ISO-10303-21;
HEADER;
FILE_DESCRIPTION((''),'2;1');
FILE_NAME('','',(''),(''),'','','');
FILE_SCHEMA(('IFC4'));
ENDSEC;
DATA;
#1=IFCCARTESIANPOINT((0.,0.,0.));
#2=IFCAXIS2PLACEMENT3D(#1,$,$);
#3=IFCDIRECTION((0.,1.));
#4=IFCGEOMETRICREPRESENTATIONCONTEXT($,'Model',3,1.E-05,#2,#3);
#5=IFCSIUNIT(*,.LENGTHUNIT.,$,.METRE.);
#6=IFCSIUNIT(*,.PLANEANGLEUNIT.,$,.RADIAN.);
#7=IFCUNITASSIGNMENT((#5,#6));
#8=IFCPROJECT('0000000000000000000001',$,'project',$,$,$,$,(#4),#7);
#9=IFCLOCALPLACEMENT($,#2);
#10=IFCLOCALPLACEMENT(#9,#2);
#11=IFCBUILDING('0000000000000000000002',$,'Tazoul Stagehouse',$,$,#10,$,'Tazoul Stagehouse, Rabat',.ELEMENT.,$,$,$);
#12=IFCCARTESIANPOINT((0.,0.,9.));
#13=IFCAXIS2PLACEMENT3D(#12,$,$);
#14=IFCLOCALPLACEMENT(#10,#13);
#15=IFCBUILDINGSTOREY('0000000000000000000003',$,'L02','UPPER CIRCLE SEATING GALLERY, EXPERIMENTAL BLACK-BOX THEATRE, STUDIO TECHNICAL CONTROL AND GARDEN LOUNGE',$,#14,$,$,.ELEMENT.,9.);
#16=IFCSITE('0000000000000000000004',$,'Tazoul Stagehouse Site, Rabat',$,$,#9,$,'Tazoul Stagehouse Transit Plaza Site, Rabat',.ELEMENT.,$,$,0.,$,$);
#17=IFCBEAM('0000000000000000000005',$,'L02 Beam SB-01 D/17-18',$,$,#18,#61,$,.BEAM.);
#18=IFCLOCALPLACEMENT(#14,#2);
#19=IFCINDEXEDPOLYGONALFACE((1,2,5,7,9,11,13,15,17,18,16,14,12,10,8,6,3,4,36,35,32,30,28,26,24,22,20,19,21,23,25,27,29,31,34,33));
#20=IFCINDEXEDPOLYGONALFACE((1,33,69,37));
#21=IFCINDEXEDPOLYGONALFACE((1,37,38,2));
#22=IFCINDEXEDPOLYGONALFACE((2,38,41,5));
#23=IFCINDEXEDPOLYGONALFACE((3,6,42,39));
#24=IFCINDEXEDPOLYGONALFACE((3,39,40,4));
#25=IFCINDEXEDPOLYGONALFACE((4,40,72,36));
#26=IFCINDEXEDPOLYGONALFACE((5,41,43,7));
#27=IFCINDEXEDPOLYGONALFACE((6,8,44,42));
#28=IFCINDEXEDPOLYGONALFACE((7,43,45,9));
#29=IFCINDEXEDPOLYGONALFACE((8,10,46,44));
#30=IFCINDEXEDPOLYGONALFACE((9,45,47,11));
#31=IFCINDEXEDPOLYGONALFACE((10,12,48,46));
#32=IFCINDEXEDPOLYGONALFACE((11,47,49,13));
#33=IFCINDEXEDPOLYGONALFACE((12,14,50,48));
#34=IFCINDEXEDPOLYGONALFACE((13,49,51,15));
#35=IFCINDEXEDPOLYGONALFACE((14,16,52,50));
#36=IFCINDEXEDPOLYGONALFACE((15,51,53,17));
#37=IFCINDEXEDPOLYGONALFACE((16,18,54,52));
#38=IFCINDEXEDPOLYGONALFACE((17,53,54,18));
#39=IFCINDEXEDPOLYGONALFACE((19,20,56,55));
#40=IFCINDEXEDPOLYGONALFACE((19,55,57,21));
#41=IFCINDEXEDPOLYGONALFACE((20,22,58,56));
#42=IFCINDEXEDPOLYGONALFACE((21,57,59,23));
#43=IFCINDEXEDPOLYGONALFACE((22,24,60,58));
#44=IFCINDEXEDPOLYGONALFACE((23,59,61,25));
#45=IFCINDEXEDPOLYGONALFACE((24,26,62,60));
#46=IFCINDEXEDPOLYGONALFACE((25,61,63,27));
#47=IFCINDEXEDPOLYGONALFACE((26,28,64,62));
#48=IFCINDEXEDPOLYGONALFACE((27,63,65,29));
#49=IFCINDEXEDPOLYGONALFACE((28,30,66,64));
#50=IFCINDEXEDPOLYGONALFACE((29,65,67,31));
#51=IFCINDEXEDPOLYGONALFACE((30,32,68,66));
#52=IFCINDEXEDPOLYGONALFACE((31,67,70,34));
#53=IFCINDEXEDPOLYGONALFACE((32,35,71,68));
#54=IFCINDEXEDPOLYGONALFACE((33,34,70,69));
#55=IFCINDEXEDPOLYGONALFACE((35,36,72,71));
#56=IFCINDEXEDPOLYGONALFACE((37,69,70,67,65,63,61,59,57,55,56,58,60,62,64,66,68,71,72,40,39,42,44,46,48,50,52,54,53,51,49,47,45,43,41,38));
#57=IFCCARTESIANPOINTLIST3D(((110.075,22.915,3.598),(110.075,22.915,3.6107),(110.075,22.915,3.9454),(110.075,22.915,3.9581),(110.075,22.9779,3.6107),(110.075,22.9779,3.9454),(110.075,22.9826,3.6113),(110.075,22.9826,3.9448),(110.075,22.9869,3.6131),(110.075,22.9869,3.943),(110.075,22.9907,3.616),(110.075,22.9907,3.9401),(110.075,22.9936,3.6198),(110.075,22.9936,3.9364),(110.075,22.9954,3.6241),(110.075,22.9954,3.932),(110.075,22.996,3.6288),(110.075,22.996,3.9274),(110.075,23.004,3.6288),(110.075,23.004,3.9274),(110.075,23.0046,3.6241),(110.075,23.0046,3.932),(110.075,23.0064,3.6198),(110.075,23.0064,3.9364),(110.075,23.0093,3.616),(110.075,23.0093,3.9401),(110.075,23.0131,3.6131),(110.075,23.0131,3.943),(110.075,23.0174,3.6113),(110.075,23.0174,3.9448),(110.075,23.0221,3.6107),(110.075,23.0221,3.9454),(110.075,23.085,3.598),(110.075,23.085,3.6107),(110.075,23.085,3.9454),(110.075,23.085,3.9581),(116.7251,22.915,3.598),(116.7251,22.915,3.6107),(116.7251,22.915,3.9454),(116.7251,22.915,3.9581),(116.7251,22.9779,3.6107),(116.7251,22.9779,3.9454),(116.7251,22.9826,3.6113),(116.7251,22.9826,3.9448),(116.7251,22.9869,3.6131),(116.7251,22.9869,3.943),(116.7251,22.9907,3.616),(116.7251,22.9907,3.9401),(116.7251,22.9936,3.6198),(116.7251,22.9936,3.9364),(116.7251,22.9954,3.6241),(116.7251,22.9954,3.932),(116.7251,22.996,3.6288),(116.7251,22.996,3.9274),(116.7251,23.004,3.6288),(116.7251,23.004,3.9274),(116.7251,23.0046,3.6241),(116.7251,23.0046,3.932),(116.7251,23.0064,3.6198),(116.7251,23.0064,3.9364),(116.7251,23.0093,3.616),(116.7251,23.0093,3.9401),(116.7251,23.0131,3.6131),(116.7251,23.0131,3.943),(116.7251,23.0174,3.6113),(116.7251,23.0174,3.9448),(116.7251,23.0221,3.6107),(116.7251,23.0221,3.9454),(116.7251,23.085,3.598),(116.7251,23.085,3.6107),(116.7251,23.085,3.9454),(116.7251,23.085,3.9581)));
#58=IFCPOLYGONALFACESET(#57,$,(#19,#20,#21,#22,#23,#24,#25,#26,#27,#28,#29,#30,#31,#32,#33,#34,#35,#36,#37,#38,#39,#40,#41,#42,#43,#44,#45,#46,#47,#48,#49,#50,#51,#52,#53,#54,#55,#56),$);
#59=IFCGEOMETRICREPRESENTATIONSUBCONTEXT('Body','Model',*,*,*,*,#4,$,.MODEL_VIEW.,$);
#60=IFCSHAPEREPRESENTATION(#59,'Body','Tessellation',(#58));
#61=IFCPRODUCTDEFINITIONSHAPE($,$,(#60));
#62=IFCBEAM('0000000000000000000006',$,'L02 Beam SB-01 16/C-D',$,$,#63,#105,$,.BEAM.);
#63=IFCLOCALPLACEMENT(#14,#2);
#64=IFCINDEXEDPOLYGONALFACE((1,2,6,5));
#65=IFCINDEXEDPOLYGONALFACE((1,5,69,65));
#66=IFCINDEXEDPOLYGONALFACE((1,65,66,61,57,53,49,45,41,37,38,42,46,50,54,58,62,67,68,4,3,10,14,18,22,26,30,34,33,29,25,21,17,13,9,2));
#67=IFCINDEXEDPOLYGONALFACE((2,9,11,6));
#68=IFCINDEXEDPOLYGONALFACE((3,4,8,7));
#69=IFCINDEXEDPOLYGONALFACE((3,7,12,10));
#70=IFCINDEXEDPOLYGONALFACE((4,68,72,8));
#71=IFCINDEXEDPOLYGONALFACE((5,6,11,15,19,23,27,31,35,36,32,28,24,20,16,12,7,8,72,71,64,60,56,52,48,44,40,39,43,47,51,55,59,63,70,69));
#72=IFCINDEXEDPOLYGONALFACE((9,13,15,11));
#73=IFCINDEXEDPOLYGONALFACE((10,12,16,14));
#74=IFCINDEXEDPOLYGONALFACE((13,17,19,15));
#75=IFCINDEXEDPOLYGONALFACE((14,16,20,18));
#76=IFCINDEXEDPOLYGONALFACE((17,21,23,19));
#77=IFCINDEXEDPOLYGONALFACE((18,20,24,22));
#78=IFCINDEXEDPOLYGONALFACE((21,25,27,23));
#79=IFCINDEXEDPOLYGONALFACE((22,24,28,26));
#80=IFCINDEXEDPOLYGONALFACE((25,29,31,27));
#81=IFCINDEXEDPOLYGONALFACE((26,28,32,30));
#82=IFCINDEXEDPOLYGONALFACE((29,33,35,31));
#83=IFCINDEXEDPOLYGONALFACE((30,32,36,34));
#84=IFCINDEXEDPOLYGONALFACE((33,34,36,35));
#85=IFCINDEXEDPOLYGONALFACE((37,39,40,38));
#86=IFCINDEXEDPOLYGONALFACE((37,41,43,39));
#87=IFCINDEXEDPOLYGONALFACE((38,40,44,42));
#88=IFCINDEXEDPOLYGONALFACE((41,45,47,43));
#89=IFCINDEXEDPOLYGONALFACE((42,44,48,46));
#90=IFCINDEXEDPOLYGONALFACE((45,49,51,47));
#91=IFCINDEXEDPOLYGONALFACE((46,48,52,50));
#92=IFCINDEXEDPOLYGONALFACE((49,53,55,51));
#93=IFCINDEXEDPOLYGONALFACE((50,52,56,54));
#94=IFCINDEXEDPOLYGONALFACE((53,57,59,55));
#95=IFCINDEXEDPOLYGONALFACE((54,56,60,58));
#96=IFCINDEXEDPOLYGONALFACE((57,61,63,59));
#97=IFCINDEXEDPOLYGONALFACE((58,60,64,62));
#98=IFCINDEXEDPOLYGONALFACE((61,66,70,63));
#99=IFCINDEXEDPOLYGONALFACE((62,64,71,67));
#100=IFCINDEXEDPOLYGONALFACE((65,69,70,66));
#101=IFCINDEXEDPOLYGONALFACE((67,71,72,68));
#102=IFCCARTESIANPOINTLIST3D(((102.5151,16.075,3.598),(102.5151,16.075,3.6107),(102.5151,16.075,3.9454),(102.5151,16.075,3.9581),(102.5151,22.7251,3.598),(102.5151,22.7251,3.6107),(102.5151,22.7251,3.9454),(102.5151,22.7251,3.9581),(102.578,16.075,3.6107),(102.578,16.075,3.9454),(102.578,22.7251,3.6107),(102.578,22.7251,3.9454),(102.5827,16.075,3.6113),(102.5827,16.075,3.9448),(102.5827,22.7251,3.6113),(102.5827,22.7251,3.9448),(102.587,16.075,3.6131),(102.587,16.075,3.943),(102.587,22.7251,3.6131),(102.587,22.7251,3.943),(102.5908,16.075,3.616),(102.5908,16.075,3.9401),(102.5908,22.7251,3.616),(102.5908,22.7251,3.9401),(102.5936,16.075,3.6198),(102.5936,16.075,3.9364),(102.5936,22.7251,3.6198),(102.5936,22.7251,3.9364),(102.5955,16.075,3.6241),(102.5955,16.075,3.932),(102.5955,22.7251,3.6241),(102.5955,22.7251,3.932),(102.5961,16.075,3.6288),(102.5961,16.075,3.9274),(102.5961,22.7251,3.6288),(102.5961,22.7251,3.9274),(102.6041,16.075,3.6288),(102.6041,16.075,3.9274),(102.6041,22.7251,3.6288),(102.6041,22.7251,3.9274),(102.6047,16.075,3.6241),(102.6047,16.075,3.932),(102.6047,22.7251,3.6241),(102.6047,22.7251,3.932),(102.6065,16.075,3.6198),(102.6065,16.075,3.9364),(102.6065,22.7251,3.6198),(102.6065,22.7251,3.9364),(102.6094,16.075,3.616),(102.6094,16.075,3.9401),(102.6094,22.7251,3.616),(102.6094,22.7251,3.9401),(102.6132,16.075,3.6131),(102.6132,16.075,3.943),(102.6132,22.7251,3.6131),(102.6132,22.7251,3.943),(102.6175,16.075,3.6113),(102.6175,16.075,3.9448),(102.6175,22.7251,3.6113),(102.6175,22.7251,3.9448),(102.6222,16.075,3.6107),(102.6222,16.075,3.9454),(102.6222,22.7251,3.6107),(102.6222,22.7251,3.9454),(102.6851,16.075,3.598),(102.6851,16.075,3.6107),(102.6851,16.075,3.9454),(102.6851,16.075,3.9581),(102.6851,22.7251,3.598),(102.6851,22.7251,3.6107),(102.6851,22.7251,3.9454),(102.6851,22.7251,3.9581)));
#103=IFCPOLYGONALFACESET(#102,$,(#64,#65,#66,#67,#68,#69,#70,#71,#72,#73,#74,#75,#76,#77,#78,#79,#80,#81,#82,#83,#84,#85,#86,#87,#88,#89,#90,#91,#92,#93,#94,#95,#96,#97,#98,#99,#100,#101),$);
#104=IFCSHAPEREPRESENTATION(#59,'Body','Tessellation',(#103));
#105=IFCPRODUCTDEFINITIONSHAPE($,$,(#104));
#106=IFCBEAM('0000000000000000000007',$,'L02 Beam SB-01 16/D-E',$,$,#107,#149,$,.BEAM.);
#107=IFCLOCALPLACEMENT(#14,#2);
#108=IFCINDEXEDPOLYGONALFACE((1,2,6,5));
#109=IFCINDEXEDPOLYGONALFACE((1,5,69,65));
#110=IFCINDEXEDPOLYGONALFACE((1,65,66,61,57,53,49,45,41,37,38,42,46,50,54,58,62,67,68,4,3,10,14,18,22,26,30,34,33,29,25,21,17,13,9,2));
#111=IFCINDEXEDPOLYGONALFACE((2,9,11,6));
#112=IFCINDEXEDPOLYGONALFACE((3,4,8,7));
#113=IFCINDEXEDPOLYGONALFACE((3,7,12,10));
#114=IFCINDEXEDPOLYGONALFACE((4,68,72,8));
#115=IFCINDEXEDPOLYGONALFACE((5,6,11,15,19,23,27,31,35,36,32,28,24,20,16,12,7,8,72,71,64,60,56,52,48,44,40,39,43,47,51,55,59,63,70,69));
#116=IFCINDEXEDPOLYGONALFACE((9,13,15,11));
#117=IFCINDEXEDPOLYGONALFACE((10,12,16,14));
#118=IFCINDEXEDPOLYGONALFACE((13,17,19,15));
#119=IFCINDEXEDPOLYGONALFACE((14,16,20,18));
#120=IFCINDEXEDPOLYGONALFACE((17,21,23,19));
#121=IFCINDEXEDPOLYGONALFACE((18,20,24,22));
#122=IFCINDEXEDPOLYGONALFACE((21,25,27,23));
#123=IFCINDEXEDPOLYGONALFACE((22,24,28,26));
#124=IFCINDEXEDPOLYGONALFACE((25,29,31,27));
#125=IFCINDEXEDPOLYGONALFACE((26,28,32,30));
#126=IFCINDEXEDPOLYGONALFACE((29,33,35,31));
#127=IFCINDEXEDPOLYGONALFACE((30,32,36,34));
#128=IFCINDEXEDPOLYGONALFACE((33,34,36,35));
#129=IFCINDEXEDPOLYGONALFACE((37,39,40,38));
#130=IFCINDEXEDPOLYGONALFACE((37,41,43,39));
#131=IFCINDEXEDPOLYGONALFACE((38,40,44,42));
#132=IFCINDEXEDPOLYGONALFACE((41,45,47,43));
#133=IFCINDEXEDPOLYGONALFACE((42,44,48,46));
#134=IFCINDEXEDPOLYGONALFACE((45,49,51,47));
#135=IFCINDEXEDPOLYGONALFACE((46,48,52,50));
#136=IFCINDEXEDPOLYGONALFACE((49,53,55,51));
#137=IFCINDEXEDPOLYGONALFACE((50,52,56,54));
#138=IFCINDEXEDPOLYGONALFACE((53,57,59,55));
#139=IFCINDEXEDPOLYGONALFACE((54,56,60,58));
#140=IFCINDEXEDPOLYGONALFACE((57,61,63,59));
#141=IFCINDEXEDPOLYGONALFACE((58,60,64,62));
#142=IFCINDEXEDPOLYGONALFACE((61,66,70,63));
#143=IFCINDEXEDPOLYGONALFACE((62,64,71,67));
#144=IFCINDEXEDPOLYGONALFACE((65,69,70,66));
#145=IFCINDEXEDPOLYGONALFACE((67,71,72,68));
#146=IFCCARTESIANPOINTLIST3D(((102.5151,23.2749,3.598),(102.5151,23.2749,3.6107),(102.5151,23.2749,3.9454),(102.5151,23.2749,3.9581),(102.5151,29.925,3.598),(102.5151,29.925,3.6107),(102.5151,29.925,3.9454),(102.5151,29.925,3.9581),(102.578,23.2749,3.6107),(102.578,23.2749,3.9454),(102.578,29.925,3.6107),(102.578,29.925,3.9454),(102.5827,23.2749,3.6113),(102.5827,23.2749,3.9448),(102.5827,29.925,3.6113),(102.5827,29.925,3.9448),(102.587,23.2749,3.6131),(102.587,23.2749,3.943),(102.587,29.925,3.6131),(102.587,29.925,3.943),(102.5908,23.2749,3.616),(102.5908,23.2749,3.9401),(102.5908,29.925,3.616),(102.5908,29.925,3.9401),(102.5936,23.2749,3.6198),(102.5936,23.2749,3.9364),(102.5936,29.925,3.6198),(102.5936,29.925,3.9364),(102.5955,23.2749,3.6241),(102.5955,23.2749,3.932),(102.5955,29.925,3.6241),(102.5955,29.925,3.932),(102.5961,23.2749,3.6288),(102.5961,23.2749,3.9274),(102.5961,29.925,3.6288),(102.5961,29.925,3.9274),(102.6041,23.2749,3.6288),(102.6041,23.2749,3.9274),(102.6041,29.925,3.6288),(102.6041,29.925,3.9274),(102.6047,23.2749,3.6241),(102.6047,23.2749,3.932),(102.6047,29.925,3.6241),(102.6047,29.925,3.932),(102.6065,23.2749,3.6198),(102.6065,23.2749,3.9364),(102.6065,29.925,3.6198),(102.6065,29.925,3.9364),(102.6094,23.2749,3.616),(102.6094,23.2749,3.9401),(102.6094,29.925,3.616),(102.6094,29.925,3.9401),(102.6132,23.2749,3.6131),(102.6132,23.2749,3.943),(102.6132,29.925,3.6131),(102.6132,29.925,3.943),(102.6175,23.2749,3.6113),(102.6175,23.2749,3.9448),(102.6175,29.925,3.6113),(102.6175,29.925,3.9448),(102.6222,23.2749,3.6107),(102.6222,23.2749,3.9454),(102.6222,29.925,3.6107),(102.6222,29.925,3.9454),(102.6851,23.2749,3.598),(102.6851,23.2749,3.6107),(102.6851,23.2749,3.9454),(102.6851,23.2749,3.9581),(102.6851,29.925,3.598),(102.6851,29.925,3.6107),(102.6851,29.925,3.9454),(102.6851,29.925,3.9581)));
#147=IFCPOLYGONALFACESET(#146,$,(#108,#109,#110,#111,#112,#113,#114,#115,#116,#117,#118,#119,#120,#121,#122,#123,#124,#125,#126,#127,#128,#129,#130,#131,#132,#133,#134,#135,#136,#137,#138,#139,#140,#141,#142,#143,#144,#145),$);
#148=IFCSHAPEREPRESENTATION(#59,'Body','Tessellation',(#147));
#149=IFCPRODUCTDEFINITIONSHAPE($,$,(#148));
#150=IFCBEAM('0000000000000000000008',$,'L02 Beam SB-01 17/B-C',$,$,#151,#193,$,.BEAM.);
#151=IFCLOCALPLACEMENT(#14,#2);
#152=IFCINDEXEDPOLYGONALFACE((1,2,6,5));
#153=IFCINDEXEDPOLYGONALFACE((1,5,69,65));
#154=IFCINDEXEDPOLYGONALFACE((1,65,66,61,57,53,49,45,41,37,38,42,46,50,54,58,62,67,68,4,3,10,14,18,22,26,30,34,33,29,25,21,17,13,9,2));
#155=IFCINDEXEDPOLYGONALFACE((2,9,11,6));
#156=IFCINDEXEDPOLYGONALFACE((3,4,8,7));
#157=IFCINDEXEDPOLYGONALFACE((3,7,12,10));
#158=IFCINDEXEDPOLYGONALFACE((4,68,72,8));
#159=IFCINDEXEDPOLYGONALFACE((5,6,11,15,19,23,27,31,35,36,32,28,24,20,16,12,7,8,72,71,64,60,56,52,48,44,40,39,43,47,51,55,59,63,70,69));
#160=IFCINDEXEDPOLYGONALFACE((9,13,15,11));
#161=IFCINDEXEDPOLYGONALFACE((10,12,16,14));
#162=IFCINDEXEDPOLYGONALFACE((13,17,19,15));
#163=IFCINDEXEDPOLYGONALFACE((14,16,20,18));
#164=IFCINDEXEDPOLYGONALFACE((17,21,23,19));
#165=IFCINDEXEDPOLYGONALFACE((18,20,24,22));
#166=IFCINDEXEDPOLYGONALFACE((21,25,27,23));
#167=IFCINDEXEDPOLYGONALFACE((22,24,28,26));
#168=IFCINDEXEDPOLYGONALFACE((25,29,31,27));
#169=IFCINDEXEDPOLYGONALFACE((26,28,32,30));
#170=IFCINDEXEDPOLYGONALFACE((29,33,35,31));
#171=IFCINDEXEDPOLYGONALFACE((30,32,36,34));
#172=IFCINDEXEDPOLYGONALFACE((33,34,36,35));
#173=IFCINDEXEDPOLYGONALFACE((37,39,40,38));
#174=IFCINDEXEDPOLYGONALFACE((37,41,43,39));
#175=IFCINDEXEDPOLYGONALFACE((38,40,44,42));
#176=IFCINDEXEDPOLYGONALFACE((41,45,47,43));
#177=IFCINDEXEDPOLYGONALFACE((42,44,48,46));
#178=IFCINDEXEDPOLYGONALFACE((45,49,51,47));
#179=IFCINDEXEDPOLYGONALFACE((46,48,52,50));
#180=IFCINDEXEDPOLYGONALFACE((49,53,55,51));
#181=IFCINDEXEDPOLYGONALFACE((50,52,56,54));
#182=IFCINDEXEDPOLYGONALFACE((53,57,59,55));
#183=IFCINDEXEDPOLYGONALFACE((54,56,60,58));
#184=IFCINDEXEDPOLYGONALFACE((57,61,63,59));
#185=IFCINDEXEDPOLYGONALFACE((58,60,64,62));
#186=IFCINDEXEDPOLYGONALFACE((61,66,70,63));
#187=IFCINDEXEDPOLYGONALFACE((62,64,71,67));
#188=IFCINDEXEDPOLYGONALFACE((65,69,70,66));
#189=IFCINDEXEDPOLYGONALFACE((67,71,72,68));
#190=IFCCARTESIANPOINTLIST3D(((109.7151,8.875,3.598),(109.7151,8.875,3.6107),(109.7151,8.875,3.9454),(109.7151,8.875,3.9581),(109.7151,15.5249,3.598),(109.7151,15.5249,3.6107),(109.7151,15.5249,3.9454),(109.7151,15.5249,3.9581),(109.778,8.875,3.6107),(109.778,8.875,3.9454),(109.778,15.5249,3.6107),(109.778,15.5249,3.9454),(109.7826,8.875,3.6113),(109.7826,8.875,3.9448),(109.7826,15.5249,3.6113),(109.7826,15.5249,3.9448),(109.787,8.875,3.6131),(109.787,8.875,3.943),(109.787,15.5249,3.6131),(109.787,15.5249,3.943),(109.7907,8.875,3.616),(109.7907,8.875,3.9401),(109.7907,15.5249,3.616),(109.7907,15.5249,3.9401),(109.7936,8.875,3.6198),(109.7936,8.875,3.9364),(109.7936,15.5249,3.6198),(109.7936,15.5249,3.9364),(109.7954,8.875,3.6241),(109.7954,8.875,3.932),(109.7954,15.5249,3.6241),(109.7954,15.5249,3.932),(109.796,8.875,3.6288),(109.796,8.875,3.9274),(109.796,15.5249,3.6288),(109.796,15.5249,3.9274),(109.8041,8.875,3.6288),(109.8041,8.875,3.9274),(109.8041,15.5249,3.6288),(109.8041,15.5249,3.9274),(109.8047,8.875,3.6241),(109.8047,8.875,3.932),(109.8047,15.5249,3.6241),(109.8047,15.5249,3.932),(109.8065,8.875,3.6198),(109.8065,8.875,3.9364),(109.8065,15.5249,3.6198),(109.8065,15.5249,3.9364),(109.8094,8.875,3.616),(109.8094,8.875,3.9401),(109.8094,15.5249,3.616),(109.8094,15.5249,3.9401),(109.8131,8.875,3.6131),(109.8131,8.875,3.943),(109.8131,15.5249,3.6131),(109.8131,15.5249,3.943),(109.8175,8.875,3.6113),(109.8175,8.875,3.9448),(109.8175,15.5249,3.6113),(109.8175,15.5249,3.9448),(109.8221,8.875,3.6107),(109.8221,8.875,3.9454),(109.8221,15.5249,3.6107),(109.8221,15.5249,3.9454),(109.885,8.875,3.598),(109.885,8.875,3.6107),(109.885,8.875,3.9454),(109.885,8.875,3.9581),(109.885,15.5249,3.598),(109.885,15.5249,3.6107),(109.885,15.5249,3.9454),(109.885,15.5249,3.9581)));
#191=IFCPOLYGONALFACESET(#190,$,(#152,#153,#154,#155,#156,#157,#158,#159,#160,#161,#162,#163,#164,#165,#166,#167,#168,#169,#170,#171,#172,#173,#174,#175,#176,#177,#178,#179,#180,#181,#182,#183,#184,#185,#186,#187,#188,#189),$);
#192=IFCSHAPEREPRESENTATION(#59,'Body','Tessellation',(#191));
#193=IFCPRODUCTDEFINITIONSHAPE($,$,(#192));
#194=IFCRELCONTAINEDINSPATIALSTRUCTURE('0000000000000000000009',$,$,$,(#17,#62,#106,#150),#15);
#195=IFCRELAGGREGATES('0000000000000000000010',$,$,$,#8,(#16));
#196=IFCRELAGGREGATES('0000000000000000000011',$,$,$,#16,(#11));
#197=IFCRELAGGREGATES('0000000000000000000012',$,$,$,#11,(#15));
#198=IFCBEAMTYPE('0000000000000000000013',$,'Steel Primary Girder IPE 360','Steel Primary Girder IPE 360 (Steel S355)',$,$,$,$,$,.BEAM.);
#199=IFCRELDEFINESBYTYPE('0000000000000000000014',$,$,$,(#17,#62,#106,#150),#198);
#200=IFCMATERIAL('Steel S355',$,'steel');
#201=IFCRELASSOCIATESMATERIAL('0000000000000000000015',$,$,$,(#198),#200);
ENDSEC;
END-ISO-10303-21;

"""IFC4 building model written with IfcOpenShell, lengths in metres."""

from ifc_helpers import new_model, si_unit, direction, frame, origin, origin_2d, place, context, subcontext, project, spatial, i_section, extrude, material, material_profile, profile_set, type_object, element, save


model = new_model("IFC4")

# Units and contexts
model_context = context("Model", 3, precision=1e-05, world=origin(), true_north=direction((0.0, 1.0)))
body_context = subcontext(model_context, "Body", "Model", "MODEL_VIEW")
ifc_project = project(units=[si_unit("LENGTHUNIT", "METRE"), si_unit("PLANEANGLEUNIT", "RADIAN")], contexts=[model_context])

# Site, building, storey
site_placement = place(None, origin())
site = spatial("IfcSite", under=ifc_project, at=site_placement, Name="Tazoul Stagehouse Site, Rabat", LongName="Tazoul Stagehouse Transit Plaza Site, Rabat", CompositionType="ELEMENT", RefElevation=0.0)
building_placement = place(site_placement, origin())
building = spatial("IfcBuilding", under=site, at=building_placement, Name="Tazoul Stagehouse", LongName="Tazoul Stagehouse, Rabat", CompositionType="ELEMENT")
storey_placement = place(building_placement, frame((0.0, 0.0, 9.0)))
storey = spatial("IfcBuildingStorey", under=building, at=storey_placement, Name="L02", Description="UPPER CIRCLE SEATING GALLERY, EXPERIMENTAL BLACK-BOX THEATRE, STUDIO TECHNICAL CONTROL AND GARDEN LOUNGE", CompositionType="ELEMENT", Elevation=9.0)

# Beams
ifc_material_1 = material(Name="Steel S355", Category="steel")
ifc_material_profile_1 = material_profile(ifc_material_1, i_section(OverallWidth=0.1699, OverallDepth=0.3601, WebThickness=0.0081, FlangeThickness=0.0127, FilletRadius=0.0181, at=origin_2d()), Name="IPE 360")
ifc_profile_set_1 = profile_set([ifc_material_profile_1], Name="Steel S355")
beam_type_1 = type_object("IfcBeamType", Name="Steel Primary Girder IPE 360", Description="Steel Primary Girder IPE 360 (Steel S355)", PredefinedType="BEAM", material=ifc_profile_set_1)
for number, where, z_axis, x_axis, name in (
    (1, (110.075, 23.0, 3.7781), (1.0, 0.0, 0.0), (0.0, 1.0, 0.0), "L02 Beam SB-01 D/17-18"),
    (2, (102.6001, 16.075, 3.7781), (0.0, 1.0, 0.0), (-1.0, 0.0, 0.0), "L02 Beam SB-01 16/C-D"),
    (3, (102.6001, 23.2749, 3.7781), (0.0, 1.0, 0.0), (-1.0, 0.0, 0.0), "L02 Beam SB-01 16/D-E"),
):
    element("IfcBeam", number, at=place(storey_placement, frame(where, z_axis=z_axis, x_axis=x_axis)), inside=storey, type_object=beam_type_1, Name=name, PredefinedType="BEAM", context=body_context, shape_type="SweptSolid", body=[
        extrude(i_section(OverallWidth=0.1699, OverallDepth=0.3601, WebThickness=0.0081, FlangeThickness=0.0127, FilletRadius=0.0181, at=origin_2d()), origin(), (0.0, 0.0, 1.0), 6.6501),
    ])
beam_1_placement = place(storey_placement, frame((109.8, 8.875, 3.7781), z_axis=(0.0, 1.0, 0.0), x_axis=(-1.0, 0.0, 0.0)))
element("IfcBeam", 4, at=beam_1_placement, inside=storey, type_object=beam_type_1, Name="L02 Beam SB-01 17/B-C", PredefinedType="BEAM", context=body_context, shape_type="SweptSolid", body=[
    extrude(i_section(OverallWidth=0.1699, OverallDepth=0.3601, WebThickness=0.0081, FlangeThickness=0.0127, FilletRadius=0.0181, at=origin_2d()), origin(), (0.0, 0.0, 1.0), 6.6499),
])

save(model, "model.ifc")
